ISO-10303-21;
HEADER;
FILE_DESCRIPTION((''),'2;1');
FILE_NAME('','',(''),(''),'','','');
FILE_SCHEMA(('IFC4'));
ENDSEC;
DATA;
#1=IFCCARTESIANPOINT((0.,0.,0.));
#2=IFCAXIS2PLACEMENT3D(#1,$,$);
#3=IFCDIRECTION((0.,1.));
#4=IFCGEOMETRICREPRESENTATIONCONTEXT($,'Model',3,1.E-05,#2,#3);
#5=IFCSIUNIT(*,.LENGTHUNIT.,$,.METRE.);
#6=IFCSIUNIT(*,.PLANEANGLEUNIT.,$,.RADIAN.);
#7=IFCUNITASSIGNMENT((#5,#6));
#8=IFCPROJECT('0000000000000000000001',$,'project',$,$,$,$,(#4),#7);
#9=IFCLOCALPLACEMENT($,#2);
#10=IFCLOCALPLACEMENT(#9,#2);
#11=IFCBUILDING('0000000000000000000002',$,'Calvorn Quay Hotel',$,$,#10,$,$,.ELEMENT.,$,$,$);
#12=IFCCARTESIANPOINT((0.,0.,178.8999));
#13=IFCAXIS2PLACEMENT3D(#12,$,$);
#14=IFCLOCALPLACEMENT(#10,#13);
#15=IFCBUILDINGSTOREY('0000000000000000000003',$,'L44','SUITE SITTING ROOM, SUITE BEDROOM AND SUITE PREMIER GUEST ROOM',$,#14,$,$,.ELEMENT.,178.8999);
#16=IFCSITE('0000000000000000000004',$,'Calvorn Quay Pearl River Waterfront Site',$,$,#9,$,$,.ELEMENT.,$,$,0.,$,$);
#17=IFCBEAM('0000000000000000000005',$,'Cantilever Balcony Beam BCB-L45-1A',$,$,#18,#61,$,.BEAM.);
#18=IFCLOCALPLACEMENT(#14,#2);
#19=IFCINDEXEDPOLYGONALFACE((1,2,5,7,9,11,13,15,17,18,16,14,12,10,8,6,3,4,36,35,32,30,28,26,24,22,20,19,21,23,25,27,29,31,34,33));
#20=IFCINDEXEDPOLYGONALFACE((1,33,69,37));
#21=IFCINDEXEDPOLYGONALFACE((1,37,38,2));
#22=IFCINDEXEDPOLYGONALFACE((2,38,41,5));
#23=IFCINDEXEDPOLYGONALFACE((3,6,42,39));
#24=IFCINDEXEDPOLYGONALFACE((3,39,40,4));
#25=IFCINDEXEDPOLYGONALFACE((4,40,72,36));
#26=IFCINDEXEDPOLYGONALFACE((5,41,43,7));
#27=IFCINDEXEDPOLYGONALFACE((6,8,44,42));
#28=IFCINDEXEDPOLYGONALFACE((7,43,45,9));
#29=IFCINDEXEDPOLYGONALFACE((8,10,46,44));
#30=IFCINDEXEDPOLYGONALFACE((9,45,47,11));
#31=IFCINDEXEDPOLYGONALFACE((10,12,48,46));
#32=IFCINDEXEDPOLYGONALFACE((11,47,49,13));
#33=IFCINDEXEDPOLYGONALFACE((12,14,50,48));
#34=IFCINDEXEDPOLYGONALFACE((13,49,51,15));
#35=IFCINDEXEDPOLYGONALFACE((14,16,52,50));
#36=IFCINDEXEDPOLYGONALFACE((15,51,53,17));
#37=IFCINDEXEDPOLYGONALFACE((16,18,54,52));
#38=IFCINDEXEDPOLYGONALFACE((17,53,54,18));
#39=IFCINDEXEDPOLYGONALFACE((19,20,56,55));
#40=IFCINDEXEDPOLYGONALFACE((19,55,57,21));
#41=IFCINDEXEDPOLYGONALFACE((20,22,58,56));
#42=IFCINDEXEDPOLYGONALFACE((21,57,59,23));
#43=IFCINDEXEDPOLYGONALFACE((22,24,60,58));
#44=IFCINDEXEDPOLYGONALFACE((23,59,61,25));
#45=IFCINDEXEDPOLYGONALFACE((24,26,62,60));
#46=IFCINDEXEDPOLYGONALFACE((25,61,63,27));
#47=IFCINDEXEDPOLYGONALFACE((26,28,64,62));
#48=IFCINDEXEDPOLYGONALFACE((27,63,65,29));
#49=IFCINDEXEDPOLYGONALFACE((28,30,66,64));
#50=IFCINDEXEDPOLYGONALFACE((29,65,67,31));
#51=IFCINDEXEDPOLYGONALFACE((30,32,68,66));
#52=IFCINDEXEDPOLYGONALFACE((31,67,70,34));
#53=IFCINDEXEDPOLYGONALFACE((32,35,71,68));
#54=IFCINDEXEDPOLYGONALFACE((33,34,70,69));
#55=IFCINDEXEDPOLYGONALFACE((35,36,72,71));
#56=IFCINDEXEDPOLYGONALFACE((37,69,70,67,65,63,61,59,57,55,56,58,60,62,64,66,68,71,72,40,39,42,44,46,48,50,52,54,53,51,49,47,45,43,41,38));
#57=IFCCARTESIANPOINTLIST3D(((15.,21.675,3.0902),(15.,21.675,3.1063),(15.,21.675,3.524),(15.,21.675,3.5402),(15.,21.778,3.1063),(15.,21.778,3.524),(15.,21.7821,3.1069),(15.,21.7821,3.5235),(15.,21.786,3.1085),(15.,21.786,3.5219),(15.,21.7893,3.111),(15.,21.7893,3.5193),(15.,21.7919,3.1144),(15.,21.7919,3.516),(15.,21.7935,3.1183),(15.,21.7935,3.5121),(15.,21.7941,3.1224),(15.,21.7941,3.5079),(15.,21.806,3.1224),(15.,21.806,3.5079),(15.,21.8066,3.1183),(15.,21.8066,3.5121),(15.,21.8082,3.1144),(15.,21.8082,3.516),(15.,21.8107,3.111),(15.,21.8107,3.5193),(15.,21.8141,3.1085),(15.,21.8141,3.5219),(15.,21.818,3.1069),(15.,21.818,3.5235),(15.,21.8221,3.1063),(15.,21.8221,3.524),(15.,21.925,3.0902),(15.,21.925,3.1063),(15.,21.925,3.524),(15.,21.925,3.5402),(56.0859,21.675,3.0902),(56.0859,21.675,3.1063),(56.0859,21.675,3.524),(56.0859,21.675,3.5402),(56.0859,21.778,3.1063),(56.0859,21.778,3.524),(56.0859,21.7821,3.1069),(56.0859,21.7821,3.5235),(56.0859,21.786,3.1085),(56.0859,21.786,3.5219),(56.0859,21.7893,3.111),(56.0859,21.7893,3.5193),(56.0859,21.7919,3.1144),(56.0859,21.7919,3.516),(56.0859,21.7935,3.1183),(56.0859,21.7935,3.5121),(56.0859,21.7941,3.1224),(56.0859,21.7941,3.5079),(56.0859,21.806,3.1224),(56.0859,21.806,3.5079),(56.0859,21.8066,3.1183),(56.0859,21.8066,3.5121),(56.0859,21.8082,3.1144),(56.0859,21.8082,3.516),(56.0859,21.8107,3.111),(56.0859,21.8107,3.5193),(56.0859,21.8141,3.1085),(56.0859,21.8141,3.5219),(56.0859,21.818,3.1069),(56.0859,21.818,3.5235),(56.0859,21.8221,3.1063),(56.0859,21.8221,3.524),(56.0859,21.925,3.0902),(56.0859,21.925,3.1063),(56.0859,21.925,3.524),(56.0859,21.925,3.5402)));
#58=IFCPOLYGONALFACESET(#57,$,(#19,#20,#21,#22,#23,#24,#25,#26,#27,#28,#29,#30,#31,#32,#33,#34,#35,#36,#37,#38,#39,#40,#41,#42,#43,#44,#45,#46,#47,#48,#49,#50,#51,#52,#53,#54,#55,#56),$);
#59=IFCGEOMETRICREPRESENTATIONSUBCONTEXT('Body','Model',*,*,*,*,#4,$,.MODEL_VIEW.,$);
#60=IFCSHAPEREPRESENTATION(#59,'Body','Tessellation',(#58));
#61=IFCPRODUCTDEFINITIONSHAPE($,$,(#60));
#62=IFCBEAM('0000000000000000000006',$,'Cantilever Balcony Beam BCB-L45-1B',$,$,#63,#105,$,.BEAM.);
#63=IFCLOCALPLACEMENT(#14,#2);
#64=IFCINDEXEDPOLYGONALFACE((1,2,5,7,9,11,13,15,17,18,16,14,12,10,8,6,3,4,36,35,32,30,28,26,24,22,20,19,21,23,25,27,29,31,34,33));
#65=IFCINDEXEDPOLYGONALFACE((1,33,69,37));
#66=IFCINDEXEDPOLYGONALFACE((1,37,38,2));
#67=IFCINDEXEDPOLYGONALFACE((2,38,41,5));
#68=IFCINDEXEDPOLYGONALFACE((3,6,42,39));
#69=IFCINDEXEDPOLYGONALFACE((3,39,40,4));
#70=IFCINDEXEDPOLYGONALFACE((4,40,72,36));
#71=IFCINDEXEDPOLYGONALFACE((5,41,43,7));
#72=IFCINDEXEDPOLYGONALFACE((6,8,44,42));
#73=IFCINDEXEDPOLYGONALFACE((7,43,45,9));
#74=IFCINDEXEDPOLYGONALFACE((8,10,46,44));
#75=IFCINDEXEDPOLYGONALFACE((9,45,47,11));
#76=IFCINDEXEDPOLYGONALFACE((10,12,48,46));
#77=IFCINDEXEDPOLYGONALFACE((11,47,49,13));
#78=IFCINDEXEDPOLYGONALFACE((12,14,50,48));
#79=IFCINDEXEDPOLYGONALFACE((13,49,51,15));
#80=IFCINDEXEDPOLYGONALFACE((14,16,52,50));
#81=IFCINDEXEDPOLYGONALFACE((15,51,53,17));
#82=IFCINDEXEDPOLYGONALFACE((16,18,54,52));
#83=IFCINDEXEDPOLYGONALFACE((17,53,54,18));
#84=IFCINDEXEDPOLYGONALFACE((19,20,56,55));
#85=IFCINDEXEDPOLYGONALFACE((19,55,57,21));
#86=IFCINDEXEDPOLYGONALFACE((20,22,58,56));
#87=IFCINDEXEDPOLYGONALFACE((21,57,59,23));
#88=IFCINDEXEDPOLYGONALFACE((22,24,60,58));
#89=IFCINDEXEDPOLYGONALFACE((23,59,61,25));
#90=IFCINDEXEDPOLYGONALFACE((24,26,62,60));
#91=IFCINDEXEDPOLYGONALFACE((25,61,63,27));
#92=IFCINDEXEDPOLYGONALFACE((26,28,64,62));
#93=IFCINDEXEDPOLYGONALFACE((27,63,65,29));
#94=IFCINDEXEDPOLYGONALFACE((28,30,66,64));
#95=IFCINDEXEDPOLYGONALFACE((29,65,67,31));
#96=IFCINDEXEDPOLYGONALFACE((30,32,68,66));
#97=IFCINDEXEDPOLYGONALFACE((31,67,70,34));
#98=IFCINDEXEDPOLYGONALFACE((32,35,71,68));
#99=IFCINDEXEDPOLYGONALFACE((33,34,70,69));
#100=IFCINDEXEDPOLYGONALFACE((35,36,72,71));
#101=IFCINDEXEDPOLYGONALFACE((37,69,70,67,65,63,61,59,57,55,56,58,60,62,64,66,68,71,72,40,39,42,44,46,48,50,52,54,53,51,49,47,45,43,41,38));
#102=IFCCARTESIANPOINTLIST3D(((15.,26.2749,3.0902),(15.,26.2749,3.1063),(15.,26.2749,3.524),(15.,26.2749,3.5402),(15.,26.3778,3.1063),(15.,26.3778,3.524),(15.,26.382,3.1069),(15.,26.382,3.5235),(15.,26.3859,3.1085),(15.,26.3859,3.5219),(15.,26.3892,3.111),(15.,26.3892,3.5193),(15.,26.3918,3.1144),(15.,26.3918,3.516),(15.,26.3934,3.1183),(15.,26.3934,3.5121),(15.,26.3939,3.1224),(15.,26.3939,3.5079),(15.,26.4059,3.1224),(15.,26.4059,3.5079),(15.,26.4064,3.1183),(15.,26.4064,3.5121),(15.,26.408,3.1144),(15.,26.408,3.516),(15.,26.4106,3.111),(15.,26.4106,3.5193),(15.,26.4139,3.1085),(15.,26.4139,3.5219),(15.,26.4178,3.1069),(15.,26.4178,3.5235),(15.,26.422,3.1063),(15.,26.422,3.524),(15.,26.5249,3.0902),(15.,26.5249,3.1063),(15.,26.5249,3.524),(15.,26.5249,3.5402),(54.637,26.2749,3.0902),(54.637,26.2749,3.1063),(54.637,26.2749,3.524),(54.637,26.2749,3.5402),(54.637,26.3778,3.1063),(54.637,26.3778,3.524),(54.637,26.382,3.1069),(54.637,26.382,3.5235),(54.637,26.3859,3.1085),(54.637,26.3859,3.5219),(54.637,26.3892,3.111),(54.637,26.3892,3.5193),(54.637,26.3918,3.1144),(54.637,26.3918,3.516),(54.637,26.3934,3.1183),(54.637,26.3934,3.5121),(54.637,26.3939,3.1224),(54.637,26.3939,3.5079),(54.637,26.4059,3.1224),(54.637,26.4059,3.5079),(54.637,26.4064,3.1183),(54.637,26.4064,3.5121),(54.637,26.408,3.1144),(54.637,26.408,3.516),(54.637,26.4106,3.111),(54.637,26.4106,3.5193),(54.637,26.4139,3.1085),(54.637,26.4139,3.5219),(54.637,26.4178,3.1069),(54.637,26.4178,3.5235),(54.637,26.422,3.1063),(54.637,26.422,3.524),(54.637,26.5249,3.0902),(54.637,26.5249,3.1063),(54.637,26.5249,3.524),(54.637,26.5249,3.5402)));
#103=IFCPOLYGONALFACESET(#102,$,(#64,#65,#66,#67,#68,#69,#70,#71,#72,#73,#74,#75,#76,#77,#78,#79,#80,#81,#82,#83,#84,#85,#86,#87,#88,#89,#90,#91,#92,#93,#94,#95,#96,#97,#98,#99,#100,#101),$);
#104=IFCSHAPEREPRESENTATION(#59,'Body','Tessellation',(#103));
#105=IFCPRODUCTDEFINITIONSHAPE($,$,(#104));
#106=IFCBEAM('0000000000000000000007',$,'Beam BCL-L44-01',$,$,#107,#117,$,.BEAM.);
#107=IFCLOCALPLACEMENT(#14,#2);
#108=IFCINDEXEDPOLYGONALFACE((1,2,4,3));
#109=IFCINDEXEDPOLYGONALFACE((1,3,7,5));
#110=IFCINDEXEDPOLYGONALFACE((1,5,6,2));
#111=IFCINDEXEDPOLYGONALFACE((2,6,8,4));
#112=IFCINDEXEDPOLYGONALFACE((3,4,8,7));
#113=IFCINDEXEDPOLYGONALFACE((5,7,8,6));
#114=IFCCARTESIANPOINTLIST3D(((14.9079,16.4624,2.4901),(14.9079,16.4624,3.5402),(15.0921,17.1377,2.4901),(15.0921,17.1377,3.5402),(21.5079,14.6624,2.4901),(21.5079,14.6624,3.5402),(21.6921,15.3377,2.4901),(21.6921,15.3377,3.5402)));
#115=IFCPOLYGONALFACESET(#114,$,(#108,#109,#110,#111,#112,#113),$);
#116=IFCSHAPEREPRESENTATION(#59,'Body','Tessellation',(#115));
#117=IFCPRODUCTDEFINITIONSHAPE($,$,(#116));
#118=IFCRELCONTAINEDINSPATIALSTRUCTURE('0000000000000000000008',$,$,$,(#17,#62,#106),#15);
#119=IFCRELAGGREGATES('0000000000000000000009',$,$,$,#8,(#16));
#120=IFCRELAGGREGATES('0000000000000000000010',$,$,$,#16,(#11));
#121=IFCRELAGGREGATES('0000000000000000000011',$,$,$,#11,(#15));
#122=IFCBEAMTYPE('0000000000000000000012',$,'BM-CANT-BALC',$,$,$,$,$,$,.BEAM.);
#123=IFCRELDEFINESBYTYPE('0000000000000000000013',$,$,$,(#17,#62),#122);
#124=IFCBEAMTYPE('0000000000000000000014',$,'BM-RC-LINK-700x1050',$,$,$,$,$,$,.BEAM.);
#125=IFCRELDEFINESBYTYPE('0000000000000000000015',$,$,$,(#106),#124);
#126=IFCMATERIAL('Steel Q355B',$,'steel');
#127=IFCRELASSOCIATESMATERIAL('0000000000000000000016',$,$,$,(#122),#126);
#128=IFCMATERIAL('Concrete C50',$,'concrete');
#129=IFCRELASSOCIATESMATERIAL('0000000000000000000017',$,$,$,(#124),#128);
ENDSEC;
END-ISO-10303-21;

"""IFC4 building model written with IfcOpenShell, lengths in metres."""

from ifc_helpers import new_model, si_unit, direction, frame, origin, origin_2d, place, context, subcontext, project, spatial, rectangle, i_section, extrude, material, material_profile, profile_set, type_object, element, save


model = new_model("IFC4")

# Units and contexts
model_context = context("Model", 3, precision=1e-05, world=origin(), true_north=direction((0.0, 1.0)))
body_context = subcontext(model_context, "Body", "Model", "MODEL_VIEW")
ifc_project = project(units=[si_unit("LENGTHUNIT", "METRE"), si_unit("PLANEANGLEUNIT", "RADIAN")], contexts=[model_context])

# Site, building, storey
site_placement = place(None, origin())
site = spatial("IfcSite", under=ifc_project, at=site_placement, Name="Calvorn Quay Pearl River Waterfront Site", CompositionType="ELEMENT", RefElevation=0.0)
building_placement = place(site_placement, origin())
building = spatial("IfcBuilding", under=site, at=building_placement, Name="Calvorn Quay Hotel", CompositionType="ELEMENT")
storey_placement = place(building_placement, frame((0.0, 0.0, 178.8999)))
storey = spatial("IfcBuildingStorey", under=building, at=storey_placement, Name="L44", Description="SUITE SITTING ROOM, SUITE BEDROOM AND SUITE PREMIER GUEST ROOM", CompositionType="ELEMENT", Elevation=178.8999)

# Beams
ifc_material_1 = material(Name="Steel Q355B", Category="steel")
ifc_material_profile_1 = material_profile(ifc_material_1, i_section(OverallWidth=0.25, OverallDepth=0.45, WebThickness=0.012, FlangeThickness=0.0161, FilletRadius=0.0161, at=origin_2d()), Name="HN450x250x12x16")
ifc_profile_set_1 = profile_set([ifc_material_profile_1], Name="Steel Q355B")
beam_type_1 = type_object("IfcBeamType", Name="BM-CANT-BALC", PredefinedType="BEAM", material=ifc_profile_set_1)
beam_1_placement = place(storey_placement, frame((15.0, 21.8, 3.3152), z_axis=(1.0, 0.0, 0.0), x_axis=(0.0, 1.0, 0.0)))
element("IfcBeam", 1, at=beam_1_placement, inside=storey, type_object=beam_type_1, Name="Cantilever Balcony Beam BCB-L45-1A", PredefinedType="BEAM", context=body_context, shape_type="SweptSolid", body=[
    extrude(i_section(OverallWidth=0.25, OverallDepth=0.45, WebThickness=0.012, FlangeThickness=0.0161, FilletRadius=0.0161, at=origin_2d()), origin(), (0.0, 0.0, 1.0), 41.0859),
])
beam_2_placement = place(storey_placement, frame((15.0, 26.3999, 3.3152), z_axis=(1.0, 0.0, 0.0), x_axis=(0.0, 1.0, 0.0)))
element("IfcBeam", 2, at=beam_2_placement, inside=storey, type_object=beam_type_1, Name="Cantilever Balcony Beam BCB-L45-1B", PredefinedType="BEAM", context=body_context, shape_type="SweptSolid", body=[
    extrude(i_section(OverallWidth=0.25, OverallDepth=0.45, WebThickness=0.012, FlangeThickness=0.0161, FilletRadius=0.0161, at=origin_2d()), origin(), (0.0, 0.0, 1.0), 39.637),
])
ifc_material_2 = material(Name="Concrete C50", Category="concrete")
ifc_material_profile_2 = material_profile(ifc_material_2, rectangle(XDim=0.7, YDim=1.05, at=origin_2d()), Name="RCB700x1050")
ifc_profile_set_2 = profile_set([ifc_material_profile_2], Name="Concrete C50")
beam_type_2 = type_object("IfcBeamType", Name="BM-RC-LINK-700x1050", PredefinedType="BEAM", material=ifc_profile_set_2)
beam_3_placement = place(storey_placement, frame((15.0, 16.8, 3.0151), z_axis=(0.964763, -0.26312, 0.0), x_axis=(0.26312, 0.964763, 0.0)))
element("IfcBeam", 3, at=beam_3_placement, inside=storey, type_object=beam_type_2, Name="Beam BCL-L44-01", PredefinedType="BEAM", context=body_context, shape_type="SweptSolid", body=[
    extrude(rectangle(XDim=0.7, YDim=1.05, at=origin_2d()), origin(), (0.0, 0.0, 1.0), 6.8411),
])

save(model, "model.ifc")
